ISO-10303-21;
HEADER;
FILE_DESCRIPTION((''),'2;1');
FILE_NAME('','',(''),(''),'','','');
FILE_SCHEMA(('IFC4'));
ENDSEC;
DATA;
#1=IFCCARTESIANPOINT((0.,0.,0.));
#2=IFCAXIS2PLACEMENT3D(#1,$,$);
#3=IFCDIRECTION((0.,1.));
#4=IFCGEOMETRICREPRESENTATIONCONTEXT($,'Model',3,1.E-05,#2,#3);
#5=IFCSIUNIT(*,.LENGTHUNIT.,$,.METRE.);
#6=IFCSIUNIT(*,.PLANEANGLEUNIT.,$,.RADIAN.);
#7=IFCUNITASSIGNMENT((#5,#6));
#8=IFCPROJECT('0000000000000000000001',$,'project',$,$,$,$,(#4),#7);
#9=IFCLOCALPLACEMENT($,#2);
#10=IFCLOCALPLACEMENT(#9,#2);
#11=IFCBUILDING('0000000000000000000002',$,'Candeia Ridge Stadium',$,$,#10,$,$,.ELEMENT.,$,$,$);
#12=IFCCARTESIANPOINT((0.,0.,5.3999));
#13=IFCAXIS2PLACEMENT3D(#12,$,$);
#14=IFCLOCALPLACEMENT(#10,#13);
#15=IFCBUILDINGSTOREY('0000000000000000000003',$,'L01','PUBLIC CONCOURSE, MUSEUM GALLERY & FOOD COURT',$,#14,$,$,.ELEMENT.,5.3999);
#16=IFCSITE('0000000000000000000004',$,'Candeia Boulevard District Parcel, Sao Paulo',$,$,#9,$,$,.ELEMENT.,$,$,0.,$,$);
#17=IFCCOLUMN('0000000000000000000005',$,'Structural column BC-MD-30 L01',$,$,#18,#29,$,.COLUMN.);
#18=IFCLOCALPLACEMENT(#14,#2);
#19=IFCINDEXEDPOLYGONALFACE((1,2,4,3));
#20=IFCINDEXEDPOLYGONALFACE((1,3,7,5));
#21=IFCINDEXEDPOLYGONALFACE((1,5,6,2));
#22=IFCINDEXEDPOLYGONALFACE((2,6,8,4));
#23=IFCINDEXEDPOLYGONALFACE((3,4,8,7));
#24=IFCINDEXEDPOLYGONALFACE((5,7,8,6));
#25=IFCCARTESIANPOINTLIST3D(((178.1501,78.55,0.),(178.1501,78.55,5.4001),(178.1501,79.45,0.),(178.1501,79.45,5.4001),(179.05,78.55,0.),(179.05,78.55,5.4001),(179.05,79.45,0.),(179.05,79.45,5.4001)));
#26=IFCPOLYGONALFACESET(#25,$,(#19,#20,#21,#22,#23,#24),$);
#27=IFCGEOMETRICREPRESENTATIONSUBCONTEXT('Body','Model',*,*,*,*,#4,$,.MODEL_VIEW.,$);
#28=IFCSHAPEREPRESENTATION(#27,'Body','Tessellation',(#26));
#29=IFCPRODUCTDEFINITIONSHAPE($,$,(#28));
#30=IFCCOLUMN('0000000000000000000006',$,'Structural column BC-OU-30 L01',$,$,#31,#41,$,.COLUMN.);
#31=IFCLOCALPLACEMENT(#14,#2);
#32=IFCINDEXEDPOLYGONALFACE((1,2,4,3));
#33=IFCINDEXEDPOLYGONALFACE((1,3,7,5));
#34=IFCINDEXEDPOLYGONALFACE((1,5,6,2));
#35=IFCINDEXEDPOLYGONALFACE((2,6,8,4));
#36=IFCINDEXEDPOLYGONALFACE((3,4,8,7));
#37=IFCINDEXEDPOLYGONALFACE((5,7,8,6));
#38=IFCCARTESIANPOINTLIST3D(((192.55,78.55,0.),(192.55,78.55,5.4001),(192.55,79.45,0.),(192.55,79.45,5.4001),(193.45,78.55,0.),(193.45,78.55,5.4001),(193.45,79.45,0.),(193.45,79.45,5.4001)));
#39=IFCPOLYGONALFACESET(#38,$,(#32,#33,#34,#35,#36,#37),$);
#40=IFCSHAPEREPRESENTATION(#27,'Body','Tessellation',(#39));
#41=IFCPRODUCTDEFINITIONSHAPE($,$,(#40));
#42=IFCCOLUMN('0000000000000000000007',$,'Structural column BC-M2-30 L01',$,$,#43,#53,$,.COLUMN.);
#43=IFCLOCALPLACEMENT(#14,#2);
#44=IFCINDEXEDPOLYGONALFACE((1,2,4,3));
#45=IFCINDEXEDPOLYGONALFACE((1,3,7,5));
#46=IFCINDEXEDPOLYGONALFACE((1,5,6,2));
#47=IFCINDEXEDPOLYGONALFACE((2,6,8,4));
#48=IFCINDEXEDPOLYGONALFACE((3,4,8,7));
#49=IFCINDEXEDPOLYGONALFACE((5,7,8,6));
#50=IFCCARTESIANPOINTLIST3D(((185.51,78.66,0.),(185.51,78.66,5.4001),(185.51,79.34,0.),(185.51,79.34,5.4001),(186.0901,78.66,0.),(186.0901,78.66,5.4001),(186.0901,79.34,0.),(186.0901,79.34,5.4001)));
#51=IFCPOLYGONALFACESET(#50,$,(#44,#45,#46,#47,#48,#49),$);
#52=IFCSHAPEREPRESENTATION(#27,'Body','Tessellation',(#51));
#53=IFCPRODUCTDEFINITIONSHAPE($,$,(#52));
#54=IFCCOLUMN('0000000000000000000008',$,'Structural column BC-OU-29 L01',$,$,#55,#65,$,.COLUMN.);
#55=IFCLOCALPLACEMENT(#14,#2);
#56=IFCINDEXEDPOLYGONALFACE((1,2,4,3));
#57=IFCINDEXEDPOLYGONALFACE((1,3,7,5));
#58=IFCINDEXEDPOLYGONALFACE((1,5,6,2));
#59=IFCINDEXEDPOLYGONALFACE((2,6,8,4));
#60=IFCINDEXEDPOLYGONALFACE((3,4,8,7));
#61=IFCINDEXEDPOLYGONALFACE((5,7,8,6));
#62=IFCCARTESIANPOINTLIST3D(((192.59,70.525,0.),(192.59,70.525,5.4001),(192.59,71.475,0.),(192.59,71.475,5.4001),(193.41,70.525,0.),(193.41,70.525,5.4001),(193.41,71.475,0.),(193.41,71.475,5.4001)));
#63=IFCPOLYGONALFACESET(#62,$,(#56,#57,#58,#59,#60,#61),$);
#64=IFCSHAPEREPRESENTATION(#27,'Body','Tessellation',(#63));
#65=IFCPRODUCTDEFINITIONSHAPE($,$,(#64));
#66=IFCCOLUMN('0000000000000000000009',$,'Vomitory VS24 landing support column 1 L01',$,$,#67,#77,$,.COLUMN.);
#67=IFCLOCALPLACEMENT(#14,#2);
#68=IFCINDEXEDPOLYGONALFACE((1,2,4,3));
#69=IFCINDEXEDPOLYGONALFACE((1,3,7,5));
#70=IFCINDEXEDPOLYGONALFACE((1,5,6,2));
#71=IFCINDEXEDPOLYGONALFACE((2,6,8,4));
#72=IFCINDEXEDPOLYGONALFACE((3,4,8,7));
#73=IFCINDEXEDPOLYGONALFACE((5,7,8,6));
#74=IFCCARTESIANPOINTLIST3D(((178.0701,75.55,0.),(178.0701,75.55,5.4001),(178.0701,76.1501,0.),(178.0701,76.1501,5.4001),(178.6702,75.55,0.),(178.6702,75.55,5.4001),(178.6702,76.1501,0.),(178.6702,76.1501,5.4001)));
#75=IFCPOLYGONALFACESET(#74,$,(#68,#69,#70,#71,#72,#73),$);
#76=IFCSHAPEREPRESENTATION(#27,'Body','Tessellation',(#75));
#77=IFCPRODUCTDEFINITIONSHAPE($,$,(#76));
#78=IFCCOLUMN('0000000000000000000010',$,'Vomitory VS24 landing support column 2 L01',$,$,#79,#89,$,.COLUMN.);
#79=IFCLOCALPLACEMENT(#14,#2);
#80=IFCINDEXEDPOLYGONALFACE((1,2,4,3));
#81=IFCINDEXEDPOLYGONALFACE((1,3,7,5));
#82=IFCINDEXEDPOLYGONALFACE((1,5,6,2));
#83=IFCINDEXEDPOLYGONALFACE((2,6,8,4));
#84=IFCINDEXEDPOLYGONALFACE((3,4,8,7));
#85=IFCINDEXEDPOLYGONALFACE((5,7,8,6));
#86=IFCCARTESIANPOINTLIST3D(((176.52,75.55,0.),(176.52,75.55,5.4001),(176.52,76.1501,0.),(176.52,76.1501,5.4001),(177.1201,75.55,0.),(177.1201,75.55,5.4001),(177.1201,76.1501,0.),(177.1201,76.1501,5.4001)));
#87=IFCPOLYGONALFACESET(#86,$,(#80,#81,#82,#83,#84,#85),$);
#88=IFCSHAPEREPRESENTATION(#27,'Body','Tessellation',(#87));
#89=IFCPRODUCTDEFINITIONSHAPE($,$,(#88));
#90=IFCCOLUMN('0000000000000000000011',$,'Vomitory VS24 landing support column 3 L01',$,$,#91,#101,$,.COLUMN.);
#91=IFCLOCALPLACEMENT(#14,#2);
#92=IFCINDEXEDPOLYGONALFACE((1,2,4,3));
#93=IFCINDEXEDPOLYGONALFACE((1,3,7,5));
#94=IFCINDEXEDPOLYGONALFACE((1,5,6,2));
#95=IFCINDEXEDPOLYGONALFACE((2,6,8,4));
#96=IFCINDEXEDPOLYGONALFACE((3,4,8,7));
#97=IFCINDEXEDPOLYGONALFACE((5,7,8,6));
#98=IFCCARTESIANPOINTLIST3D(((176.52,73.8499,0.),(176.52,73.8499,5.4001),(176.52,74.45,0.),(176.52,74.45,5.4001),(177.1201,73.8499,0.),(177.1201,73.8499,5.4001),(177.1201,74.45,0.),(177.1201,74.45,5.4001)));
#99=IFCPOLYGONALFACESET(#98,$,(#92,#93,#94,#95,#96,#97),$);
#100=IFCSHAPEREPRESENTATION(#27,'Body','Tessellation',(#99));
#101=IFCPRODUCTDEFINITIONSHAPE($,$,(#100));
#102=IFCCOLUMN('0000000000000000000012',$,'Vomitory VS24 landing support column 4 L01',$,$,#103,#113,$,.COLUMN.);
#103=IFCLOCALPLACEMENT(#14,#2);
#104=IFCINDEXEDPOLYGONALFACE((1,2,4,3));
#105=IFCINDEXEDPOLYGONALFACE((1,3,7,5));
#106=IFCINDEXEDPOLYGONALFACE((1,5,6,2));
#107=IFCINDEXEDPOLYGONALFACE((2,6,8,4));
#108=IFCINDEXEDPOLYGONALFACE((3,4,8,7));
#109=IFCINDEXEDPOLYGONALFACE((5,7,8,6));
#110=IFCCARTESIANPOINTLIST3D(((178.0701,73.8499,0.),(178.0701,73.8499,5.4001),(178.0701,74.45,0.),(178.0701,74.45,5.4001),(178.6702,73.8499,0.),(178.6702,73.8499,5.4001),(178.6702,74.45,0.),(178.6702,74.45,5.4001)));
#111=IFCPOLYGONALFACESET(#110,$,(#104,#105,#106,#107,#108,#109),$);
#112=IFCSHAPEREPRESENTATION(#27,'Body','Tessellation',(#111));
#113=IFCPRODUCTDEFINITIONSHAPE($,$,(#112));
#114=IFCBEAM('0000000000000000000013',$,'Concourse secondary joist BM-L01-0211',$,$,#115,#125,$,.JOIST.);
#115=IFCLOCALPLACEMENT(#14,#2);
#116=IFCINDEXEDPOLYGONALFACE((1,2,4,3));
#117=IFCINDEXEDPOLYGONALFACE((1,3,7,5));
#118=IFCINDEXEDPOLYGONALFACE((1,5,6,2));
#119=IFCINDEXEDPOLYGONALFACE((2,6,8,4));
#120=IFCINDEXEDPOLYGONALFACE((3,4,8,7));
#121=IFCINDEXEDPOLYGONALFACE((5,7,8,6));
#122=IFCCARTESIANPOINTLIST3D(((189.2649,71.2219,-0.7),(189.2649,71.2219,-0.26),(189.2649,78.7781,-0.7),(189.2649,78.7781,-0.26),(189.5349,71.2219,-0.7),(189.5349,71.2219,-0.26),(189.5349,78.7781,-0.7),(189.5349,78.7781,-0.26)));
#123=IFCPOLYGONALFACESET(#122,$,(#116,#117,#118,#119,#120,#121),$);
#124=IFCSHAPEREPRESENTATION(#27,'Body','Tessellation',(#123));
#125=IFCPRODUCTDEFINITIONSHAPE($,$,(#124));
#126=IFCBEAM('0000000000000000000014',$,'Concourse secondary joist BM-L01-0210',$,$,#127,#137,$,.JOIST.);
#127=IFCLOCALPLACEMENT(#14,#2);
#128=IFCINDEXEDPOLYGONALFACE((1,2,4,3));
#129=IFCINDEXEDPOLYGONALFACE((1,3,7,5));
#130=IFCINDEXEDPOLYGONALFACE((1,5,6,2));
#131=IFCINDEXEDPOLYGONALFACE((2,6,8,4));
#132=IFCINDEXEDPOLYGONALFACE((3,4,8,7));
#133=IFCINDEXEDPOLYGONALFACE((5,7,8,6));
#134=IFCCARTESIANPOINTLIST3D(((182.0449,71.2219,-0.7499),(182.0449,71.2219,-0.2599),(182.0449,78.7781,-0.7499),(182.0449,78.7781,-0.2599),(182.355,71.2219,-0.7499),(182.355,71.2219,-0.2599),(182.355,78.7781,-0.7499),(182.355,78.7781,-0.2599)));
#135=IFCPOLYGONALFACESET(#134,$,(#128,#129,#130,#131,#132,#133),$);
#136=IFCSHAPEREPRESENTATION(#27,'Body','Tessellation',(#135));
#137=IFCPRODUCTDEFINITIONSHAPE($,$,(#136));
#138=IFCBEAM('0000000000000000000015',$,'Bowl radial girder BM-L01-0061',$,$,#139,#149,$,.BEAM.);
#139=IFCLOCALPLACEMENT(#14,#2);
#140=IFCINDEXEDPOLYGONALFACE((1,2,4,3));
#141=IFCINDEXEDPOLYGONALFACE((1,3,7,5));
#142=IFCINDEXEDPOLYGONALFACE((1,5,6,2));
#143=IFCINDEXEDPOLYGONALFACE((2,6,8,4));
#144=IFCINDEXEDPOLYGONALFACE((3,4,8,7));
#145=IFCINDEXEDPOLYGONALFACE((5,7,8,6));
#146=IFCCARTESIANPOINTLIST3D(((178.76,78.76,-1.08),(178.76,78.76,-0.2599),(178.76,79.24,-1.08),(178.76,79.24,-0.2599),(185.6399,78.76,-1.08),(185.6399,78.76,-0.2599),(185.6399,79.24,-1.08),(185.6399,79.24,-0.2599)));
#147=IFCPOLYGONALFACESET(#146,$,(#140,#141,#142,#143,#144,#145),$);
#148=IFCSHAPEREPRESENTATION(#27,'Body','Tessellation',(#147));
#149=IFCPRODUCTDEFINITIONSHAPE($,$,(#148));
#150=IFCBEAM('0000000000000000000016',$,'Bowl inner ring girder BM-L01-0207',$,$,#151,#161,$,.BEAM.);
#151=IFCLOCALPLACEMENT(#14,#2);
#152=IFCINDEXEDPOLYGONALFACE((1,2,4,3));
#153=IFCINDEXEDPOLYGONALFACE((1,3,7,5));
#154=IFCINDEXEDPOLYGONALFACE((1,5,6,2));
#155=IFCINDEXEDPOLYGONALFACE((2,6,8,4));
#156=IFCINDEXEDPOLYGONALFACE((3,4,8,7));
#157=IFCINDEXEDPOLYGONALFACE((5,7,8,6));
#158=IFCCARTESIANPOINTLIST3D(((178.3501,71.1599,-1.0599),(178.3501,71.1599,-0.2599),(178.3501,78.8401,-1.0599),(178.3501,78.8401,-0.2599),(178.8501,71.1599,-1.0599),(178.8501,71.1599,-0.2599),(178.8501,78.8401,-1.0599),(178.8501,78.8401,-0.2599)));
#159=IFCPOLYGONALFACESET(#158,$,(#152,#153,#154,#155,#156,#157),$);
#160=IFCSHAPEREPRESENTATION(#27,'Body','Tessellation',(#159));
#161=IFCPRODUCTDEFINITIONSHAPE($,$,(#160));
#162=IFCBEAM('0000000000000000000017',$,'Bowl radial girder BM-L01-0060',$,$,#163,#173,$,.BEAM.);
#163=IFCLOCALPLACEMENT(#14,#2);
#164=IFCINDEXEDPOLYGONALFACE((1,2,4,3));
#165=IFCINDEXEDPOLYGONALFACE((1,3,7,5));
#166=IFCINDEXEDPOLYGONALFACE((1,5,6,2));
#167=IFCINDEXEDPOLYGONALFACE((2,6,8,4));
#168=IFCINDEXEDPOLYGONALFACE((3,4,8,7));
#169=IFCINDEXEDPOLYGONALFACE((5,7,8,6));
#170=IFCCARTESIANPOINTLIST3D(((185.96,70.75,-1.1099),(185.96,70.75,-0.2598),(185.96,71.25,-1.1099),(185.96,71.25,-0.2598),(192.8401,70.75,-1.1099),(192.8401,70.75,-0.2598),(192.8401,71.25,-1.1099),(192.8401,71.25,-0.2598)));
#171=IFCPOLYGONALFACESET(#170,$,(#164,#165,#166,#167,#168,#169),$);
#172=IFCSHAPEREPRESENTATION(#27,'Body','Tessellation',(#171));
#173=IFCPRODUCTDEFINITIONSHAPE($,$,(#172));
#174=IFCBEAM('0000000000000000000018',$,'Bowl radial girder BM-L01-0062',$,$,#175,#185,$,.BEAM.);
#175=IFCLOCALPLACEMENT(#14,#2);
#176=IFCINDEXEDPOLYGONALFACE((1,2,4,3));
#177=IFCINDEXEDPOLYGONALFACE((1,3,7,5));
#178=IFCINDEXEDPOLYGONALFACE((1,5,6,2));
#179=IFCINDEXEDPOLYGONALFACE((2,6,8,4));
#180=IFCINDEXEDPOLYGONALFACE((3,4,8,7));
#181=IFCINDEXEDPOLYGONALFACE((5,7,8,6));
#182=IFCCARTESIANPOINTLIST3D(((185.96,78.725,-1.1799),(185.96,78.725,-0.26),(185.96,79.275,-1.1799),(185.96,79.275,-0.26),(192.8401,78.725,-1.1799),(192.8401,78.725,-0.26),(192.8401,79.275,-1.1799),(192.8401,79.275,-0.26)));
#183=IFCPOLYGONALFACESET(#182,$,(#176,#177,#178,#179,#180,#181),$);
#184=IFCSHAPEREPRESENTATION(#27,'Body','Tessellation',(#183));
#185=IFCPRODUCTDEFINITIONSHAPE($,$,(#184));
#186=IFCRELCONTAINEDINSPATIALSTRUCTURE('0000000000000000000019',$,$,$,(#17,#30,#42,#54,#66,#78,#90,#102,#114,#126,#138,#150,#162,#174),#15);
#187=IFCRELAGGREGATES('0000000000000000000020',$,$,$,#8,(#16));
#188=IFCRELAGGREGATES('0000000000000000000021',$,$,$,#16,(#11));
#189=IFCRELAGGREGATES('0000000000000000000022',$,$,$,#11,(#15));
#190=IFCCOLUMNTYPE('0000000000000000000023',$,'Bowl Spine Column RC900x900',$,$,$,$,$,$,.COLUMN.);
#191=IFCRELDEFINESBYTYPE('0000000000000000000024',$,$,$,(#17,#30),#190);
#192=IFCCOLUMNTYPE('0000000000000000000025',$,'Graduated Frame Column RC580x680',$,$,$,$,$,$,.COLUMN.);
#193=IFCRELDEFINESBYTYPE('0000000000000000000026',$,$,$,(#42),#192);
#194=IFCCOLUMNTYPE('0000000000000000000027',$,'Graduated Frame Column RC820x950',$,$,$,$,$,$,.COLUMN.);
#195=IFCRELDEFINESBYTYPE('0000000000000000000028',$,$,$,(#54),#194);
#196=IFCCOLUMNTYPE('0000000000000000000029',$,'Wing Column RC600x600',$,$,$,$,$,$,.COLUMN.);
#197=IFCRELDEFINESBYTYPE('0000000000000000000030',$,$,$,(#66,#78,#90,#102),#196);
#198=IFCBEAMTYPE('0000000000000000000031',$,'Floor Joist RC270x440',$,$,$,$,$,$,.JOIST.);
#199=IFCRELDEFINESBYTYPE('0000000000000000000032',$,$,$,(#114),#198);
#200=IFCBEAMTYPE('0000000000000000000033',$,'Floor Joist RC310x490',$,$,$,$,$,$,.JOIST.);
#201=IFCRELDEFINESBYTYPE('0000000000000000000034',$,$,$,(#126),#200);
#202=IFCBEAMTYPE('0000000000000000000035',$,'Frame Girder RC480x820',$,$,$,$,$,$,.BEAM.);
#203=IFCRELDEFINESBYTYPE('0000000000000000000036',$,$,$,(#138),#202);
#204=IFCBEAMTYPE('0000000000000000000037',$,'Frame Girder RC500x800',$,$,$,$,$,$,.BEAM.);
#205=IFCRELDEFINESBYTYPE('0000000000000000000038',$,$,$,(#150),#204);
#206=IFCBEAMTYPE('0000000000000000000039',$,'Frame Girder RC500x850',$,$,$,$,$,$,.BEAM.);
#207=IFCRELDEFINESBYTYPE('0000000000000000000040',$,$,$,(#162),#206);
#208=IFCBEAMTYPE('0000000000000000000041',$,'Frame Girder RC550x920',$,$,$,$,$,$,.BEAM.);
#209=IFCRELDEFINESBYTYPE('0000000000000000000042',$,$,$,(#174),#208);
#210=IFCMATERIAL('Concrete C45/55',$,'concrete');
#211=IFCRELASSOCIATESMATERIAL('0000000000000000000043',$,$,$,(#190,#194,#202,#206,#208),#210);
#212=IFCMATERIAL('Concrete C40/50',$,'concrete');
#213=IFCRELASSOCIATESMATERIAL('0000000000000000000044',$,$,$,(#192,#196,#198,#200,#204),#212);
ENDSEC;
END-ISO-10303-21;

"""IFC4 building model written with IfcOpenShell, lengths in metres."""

from ifc_helpers import new_model, si_unit, direction, frame, origin, origin_2d, place, context, subcontext, project, spatial, rectangle, extrude, material, material_profile, profile_set, type_object, element, save


model = new_model("IFC4")

# Units and contexts
model_context = context("Model", 3, precision=1e-05, world=origin(), true_north=direction((0.0, 1.0)))
body_context = subcontext(model_context, "Body", "Model", "MODEL_VIEW")
ifc_project = project(units=[si_unit("LENGTHUNIT", "METRE"), si_unit("PLANEANGLEUNIT", "RADIAN")], contexts=[model_context])

# Site, building, storey
site_placement = place(None, origin())
site = spatial("IfcSite", under=ifc_project, at=site_placement, Name="Candeia Boulevard District Parcel, Sao Paulo", CompositionType="ELEMENT", RefElevation=0.0)
building_placement = place(site_placement, origin())
building = spatial("IfcBuilding", under=site, at=building_placement, Name="Candeia Ridge Stadium", CompositionType="ELEMENT")
storey_placement = place(building_placement, frame((0.0, 0.0, 5.3999)))
storey = spatial("IfcBuildingStorey", under=building, at=storey_placement, Name="L01", Description="PUBLIC CONCOURSE, MUSEUM GALLERY & FOOD COURT", CompositionType="ELEMENT", Elevation=5.3999)

# Columns
ifc_material_1 = material(Name="Concrete C45/55", Category="concrete")
ifc_material_profile_1 = material_profile(ifc_material_1, rectangle(XDim=0.8999, YDim=0.8999, at=origin_2d()), Name="RC900x900", Category="concrete")
ifc_profile_set_1 = profile_set([ifc_material_profile_1], Name="Concrete C45/55")
column_type_1 = type_object("IfcColumnType", Name="Bowl Spine Column RC900x900", PredefinedType="COLUMN", material=ifc_profile_set_1)
for number, where, z_axis, x_axis, name in (
    (1, (178.6001, 79.0, 0.0), (0.0, 0.0, 1.0), (1.0, 0.0, 0.0), "Structural column BC-MD-30 L01"),
    (2, (193.0, 79.0, 0.0), (0.0, 0.0, 1.0), (1.0, 0.0, 0.0), "Structural column BC-OU-30 L01"),
):
    element("IfcColumn", number, at=place(storey_placement, frame(where, z_axis=z_axis, x_axis=x_axis)), inside=storey, type_object=column_type_1, Name=name, PredefinedType="COLUMN", context=body_context, shape_type="SweptSolid", body=[
        extrude(rectangle(XDim=0.8999, YDim=0.8999, at=origin_2d()), origin(), (0.0, 0.0, 1.0), 5.4001),
    ])
ifc_material_2 = material(Name="Concrete C40/50", Category="concrete")
ifc_material_profile_2 = material_profile(ifc_material_2, rectangle(XDim=0.5801, YDim=0.6799, at=origin_2d()), Name="RC580x680", Category="concrete")
ifc_profile_set_2 = profile_set([ifc_material_profile_2], Name="Concrete C40/50")
column_type_2 = type_object("IfcColumnType", Name="Graduated Frame Column RC580x680", PredefinedType="COLUMN", material=ifc_profile_set_2)
column_1_placement = place(storey_placement, frame((185.8, 79.0, 0.0), z_axis=(0.0, 0.0, 1.0), x_axis=(1.0, 0.0, 0.0)))
element("IfcColumn", 3, at=column_1_placement, inside=storey, type_object=column_type_2, Name="Structural column BC-M2-30 L01", PredefinedType="COLUMN", context=body_context, shape_type="SweptSolid", body=[
    extrude(rectangle(XDim=0.5801, YDim=0.6799, at=origin_2d()), origin(), (0.0, 0.0, 1.0), 5.4001),
])
ifc_material_profile_3 = material_profile(ifc_material_1, rectangle(XDim=0.8201, YDim=0.95, at=origin_2d()), Name="RC820x950", Category="concrete")
ifc_profile_set_3 = profile_set([ifc_material_profile_3], Name="Concrete C45/55")
column_type_3 = type_object("IfcColumnType", Name="Graduated Frame Column RC820x950", PredefinedType="COLUMN", material=ifc_profile_set_3)
column_2_placement = place(storey_placement, frame((193.0, 71.0, 0.0), z_axis=(0.0, 0.0, 1.0), x_axis=(1.0, 0.0, 0.0)))
element("IfcColumn", 4, at=column_2_placement, inside=storey, type_object=column_type_3, Name="Structural column BC-OU-29 L01", PredefinedType="COLUMN", context=body_context, shape_type="SweptSolid", body=[
    extrude(rectangle(XDim=0.8201, YDim=0.95, at=origin_2d()), origin(), (0.0, 0.0, 1.0), 5.4001),
])
ifc_material_profile_4 = material_profile(ifc_material_2, rectangle(XDim=0.6001, YDim=0.6001, at=origin_2d()), Name="RC600x600", Category="concrete")
ifc_profile_set_4 = profile_set([ifc_material_profile_4], Name="Concrete C40/50")
column_type_4 = type_object("IfcColumnType", Name="Wing Column RC600x600", PredefinedType="COLUMN", material=ifc_profile_set_4)
for number, where, z_axis, x_axis, name in (
    (5, (178.3701, 75.8501, 0.0), (0.0, 0.0, 1.0), (1.0, 0.0, 0.0), "Vomitory VS24 landing support column 1 L01"),
    (6, (176.8201, 75.8501, 0.0), (0.0, 0.0, 1.0), (1.0, 0.0, 0.0), "Vomitory VS24 landing support column 2 L01"),
    (7, (176.8201, 74.1499, 0.0), (0.0, 0.0, 1.0), (1.0, 0.0, 0.0), "Vomitory VS24 landing support column 3 L01"),
    (8, (178.3701, 74.1499, 0.0), (0.0, 0.0, 1.0), (1.0, 0.0, 0.0), "Vomitory VS24 landing support column 4 L01"),
):
    element("IfcColumn", number, at=place(storey_placement, frame(where, z_axis=z_axis, x_axis=x_axis)), inside=storey, type_object=column_type_4, Name=name, PredefinedType="COLUMN", context=body_context, shape_type="SweptSolid", body=[
        extrude(rectangle(XDim=0.6001, YDim=0.6001, at=origin_2d()), origin(), (0.0, 0.0, 1.0), 5.4001),
    ])

# Beams
ifc_material_profile_5 = material_profile(ifc_material_2, rectangle(XDim=0.27, YDim=0.4399, at=origin_2d()), Name="RC270x440", Category="concrete")
ifc_profile_set_5 = profile_set([ifc_material_profile_5], Name="Concrete C40/50")
beam_type_1 = type_object("IfcBeamType", Name="Floor Joist RC270x440", PredefinedType="JOIST", material=ifc_profile_set_5)
beam_1_placement = place(storey_placement, frame((189.3999, 71.2219, -0.48), z_axis=(0.0, 1.0, 0.0), x_axis=(-1.0, 0.0, 0.0)))
element("IfcBeam", 9, at=beam_1_placement, inside=storey, type_object=beam_type_1, Name="Concourse secondary joist BM-L01-0211", PredefinedType="JOIST", context=body_context, shape_type="SweptSolid", body=[
    extrude(rectangle(XDim=0.27, YDim=0.4399, at=origin_2d()), origin(), (0.0, 0.0, 1.0), 7.5562),
])
ifc_material_profile_6 = material_profile(ifc_material_2, rectangle(XDim=0.3101, YDim=0.49, at=origin_2d()), Name="RC310x490", Category="concrete")
ifc_profile_set_6 = profile_set([ifc_material_profile_6], Name="Concrete C40/50")
beam_type_2 = type_object("IfcBeamType", Name="Floor Joist RC310x490", PredefinedType="JOIST", material=ifc_profile_set_6)
beam_2_placement = place(storey_placement, frame((182.2, 71.2219, -0.5049), z_axis=(0.0, 1.0, 0.0), x_axis=(-1.0, 0.0, 0.0)))
element("IfcBeam", 10, at=beam_2_placement, inside=storey, type_object=beam_type_2, Name="Concourse secondary joist BM-L01-0210", PredefinedType="JOIST", context=body_context, shape_type="SweptSolid", body=[
    extrude(rectangle(XDim=0.3101, YDim=0.49, at=origin_2d()), origin(), (0.0, 0.0, 1.0), 7.5562),
])
ifc_material_profile_7 = material_profile(ifc_material_1, rectangle(XDim=0.48, YDim=0.8201, at=origin_2d()), Name="RC480x820", Category="concrete")
ifc_profile_set_7 = profile_set([ifc_material_profile_7], Name="Concrete C45/55")
beam_type_3 = type_object("IfcBeamType", Name="Frame Girder RC480x820", PredefinedType="BEAM", material=ifc_profile_set_7)
beam_3_placement = place(storey_placement, frame((178.76, 79.0, -0.6699), z_axis=(1.0, 0.0, 0.0), x_axis=(0.0, 1.0, 0.0)))
element("IfcBeam", 11, at=beam_3_placement, inside=storey, type_object=beam_type_3, Name="Bowl radial girder BM-L01-0061", PredefinedType="BEAM", context=body_context, shape_type="SweptSolid", body=[
    extrude(rectangle(XDim=0.48, YDim=0.8201, at=origin_2d()), origin(), (0.0, 0.0, 1.0), 6.8799),
])
ifc_material_profile_8 = material_profile(ifc_material_2, rectangle(XDim=0.5, YDim=0.8, at=origin_2d()), Name="RC500x800", Category="concrete")
ifc_profile_set_8 = profile_set([ifc_material_profile_8], Name="Concrete C40/50")
beam_type_4 = type_object("IfcBeamType", Name="Frame Girder RC500x800", PredefinedType="BEAM", material=ifc_profile_set_8)
beam_4_placement = place(storey_placement, frame((178.6001, 71.1599, -0.6599), z_axis=(0.0, 1.0, 0.0), x_axis=(-1.0, 0.0, 0.0)))
element("IfcBeam", 12, at=beam_4_placement, inside=storey, type_object=beam_type_4, Name="Bowl inner ring girder BM-L01-0207", PredefinedType="BEAM", context=body_context, shape_type="SweptSolid", body=[
    extrude(rectangle(XDim=0.5, YDim=0.8, at=origin_2d()), origin(), (0.0, 0.0, 1.0), 7.6802),
])
ifc_material_profile_9 = material_profile(ifc_material_1, rectangle(XDim=0.5, YDim=0.8501, at=origin_2d()), Name="RC500x850", Category="concrete")
ifc_profile_set_9 = profile_set([ifc_material_profile_9], Name="Concrete C45/55")
beam_type_5 = type_object("IfcBeamType", Name="Frame Girder RC500x850", PredefinedType="BEAM", material=ifc_profile_set_9)
beam_5_placement = place(storey_placement, frame((185.96, 71.0, -0.6848), z_axis=(1.0, 0.0, 0.0), x_axis=(0.0, 1.0, 0.0)))
element("IfcBeam", 13, at=beam_5_placement, inside=storey, type_object=beam_type_5, Name="Bowl radial girder BM-L01-0060", PredefinedType="BEAM", context=body_context, shape_type="SweptSolid", body=[
    extrude(rectangle(XDim=0.5, YDim=0.8501, at=origin_2d()), origin(), (0.0, 0.0, 1.0), 6.8801),
])
ifc_material_profile_10 = material_profile(ifc_material_1, rectangle(XDim=0.55, YDim=0.9199, at=origin_2d()), Name="RC550x920", Category="concrete")
ifc_profile_set_10 = profile_set([ifc_material_profile_10], Name="Concrete C45/55")
beam_type_6 = type_object("IfcBeamType", Name="Frame Girder RC550x920", PredefinedType="BEAM", material=ifc_profile_set_10)
beam_6_placement = place(storey_placement, frame((185.96, 79.0, -0.72), z_axis=(1.0, 0.0, 0.0), x_axis=(0.0, 1.0, 0.0)))
element("IfcBeam", 14, at=beam_6_placement, inside=storey, type_object=beam_type_6, Name="Bowl radial girder BM-L01-0062", PredefinedType="BEAM", context=body_context, shape_type="SweptSolid", body=[
    extrude(rectangle(XDim=0.55, YDim=0.9199, at=origin_2d()), origin(), (0.0, 0.0, 1.0), 6.8801),
])

save(model, "model.ifc")
